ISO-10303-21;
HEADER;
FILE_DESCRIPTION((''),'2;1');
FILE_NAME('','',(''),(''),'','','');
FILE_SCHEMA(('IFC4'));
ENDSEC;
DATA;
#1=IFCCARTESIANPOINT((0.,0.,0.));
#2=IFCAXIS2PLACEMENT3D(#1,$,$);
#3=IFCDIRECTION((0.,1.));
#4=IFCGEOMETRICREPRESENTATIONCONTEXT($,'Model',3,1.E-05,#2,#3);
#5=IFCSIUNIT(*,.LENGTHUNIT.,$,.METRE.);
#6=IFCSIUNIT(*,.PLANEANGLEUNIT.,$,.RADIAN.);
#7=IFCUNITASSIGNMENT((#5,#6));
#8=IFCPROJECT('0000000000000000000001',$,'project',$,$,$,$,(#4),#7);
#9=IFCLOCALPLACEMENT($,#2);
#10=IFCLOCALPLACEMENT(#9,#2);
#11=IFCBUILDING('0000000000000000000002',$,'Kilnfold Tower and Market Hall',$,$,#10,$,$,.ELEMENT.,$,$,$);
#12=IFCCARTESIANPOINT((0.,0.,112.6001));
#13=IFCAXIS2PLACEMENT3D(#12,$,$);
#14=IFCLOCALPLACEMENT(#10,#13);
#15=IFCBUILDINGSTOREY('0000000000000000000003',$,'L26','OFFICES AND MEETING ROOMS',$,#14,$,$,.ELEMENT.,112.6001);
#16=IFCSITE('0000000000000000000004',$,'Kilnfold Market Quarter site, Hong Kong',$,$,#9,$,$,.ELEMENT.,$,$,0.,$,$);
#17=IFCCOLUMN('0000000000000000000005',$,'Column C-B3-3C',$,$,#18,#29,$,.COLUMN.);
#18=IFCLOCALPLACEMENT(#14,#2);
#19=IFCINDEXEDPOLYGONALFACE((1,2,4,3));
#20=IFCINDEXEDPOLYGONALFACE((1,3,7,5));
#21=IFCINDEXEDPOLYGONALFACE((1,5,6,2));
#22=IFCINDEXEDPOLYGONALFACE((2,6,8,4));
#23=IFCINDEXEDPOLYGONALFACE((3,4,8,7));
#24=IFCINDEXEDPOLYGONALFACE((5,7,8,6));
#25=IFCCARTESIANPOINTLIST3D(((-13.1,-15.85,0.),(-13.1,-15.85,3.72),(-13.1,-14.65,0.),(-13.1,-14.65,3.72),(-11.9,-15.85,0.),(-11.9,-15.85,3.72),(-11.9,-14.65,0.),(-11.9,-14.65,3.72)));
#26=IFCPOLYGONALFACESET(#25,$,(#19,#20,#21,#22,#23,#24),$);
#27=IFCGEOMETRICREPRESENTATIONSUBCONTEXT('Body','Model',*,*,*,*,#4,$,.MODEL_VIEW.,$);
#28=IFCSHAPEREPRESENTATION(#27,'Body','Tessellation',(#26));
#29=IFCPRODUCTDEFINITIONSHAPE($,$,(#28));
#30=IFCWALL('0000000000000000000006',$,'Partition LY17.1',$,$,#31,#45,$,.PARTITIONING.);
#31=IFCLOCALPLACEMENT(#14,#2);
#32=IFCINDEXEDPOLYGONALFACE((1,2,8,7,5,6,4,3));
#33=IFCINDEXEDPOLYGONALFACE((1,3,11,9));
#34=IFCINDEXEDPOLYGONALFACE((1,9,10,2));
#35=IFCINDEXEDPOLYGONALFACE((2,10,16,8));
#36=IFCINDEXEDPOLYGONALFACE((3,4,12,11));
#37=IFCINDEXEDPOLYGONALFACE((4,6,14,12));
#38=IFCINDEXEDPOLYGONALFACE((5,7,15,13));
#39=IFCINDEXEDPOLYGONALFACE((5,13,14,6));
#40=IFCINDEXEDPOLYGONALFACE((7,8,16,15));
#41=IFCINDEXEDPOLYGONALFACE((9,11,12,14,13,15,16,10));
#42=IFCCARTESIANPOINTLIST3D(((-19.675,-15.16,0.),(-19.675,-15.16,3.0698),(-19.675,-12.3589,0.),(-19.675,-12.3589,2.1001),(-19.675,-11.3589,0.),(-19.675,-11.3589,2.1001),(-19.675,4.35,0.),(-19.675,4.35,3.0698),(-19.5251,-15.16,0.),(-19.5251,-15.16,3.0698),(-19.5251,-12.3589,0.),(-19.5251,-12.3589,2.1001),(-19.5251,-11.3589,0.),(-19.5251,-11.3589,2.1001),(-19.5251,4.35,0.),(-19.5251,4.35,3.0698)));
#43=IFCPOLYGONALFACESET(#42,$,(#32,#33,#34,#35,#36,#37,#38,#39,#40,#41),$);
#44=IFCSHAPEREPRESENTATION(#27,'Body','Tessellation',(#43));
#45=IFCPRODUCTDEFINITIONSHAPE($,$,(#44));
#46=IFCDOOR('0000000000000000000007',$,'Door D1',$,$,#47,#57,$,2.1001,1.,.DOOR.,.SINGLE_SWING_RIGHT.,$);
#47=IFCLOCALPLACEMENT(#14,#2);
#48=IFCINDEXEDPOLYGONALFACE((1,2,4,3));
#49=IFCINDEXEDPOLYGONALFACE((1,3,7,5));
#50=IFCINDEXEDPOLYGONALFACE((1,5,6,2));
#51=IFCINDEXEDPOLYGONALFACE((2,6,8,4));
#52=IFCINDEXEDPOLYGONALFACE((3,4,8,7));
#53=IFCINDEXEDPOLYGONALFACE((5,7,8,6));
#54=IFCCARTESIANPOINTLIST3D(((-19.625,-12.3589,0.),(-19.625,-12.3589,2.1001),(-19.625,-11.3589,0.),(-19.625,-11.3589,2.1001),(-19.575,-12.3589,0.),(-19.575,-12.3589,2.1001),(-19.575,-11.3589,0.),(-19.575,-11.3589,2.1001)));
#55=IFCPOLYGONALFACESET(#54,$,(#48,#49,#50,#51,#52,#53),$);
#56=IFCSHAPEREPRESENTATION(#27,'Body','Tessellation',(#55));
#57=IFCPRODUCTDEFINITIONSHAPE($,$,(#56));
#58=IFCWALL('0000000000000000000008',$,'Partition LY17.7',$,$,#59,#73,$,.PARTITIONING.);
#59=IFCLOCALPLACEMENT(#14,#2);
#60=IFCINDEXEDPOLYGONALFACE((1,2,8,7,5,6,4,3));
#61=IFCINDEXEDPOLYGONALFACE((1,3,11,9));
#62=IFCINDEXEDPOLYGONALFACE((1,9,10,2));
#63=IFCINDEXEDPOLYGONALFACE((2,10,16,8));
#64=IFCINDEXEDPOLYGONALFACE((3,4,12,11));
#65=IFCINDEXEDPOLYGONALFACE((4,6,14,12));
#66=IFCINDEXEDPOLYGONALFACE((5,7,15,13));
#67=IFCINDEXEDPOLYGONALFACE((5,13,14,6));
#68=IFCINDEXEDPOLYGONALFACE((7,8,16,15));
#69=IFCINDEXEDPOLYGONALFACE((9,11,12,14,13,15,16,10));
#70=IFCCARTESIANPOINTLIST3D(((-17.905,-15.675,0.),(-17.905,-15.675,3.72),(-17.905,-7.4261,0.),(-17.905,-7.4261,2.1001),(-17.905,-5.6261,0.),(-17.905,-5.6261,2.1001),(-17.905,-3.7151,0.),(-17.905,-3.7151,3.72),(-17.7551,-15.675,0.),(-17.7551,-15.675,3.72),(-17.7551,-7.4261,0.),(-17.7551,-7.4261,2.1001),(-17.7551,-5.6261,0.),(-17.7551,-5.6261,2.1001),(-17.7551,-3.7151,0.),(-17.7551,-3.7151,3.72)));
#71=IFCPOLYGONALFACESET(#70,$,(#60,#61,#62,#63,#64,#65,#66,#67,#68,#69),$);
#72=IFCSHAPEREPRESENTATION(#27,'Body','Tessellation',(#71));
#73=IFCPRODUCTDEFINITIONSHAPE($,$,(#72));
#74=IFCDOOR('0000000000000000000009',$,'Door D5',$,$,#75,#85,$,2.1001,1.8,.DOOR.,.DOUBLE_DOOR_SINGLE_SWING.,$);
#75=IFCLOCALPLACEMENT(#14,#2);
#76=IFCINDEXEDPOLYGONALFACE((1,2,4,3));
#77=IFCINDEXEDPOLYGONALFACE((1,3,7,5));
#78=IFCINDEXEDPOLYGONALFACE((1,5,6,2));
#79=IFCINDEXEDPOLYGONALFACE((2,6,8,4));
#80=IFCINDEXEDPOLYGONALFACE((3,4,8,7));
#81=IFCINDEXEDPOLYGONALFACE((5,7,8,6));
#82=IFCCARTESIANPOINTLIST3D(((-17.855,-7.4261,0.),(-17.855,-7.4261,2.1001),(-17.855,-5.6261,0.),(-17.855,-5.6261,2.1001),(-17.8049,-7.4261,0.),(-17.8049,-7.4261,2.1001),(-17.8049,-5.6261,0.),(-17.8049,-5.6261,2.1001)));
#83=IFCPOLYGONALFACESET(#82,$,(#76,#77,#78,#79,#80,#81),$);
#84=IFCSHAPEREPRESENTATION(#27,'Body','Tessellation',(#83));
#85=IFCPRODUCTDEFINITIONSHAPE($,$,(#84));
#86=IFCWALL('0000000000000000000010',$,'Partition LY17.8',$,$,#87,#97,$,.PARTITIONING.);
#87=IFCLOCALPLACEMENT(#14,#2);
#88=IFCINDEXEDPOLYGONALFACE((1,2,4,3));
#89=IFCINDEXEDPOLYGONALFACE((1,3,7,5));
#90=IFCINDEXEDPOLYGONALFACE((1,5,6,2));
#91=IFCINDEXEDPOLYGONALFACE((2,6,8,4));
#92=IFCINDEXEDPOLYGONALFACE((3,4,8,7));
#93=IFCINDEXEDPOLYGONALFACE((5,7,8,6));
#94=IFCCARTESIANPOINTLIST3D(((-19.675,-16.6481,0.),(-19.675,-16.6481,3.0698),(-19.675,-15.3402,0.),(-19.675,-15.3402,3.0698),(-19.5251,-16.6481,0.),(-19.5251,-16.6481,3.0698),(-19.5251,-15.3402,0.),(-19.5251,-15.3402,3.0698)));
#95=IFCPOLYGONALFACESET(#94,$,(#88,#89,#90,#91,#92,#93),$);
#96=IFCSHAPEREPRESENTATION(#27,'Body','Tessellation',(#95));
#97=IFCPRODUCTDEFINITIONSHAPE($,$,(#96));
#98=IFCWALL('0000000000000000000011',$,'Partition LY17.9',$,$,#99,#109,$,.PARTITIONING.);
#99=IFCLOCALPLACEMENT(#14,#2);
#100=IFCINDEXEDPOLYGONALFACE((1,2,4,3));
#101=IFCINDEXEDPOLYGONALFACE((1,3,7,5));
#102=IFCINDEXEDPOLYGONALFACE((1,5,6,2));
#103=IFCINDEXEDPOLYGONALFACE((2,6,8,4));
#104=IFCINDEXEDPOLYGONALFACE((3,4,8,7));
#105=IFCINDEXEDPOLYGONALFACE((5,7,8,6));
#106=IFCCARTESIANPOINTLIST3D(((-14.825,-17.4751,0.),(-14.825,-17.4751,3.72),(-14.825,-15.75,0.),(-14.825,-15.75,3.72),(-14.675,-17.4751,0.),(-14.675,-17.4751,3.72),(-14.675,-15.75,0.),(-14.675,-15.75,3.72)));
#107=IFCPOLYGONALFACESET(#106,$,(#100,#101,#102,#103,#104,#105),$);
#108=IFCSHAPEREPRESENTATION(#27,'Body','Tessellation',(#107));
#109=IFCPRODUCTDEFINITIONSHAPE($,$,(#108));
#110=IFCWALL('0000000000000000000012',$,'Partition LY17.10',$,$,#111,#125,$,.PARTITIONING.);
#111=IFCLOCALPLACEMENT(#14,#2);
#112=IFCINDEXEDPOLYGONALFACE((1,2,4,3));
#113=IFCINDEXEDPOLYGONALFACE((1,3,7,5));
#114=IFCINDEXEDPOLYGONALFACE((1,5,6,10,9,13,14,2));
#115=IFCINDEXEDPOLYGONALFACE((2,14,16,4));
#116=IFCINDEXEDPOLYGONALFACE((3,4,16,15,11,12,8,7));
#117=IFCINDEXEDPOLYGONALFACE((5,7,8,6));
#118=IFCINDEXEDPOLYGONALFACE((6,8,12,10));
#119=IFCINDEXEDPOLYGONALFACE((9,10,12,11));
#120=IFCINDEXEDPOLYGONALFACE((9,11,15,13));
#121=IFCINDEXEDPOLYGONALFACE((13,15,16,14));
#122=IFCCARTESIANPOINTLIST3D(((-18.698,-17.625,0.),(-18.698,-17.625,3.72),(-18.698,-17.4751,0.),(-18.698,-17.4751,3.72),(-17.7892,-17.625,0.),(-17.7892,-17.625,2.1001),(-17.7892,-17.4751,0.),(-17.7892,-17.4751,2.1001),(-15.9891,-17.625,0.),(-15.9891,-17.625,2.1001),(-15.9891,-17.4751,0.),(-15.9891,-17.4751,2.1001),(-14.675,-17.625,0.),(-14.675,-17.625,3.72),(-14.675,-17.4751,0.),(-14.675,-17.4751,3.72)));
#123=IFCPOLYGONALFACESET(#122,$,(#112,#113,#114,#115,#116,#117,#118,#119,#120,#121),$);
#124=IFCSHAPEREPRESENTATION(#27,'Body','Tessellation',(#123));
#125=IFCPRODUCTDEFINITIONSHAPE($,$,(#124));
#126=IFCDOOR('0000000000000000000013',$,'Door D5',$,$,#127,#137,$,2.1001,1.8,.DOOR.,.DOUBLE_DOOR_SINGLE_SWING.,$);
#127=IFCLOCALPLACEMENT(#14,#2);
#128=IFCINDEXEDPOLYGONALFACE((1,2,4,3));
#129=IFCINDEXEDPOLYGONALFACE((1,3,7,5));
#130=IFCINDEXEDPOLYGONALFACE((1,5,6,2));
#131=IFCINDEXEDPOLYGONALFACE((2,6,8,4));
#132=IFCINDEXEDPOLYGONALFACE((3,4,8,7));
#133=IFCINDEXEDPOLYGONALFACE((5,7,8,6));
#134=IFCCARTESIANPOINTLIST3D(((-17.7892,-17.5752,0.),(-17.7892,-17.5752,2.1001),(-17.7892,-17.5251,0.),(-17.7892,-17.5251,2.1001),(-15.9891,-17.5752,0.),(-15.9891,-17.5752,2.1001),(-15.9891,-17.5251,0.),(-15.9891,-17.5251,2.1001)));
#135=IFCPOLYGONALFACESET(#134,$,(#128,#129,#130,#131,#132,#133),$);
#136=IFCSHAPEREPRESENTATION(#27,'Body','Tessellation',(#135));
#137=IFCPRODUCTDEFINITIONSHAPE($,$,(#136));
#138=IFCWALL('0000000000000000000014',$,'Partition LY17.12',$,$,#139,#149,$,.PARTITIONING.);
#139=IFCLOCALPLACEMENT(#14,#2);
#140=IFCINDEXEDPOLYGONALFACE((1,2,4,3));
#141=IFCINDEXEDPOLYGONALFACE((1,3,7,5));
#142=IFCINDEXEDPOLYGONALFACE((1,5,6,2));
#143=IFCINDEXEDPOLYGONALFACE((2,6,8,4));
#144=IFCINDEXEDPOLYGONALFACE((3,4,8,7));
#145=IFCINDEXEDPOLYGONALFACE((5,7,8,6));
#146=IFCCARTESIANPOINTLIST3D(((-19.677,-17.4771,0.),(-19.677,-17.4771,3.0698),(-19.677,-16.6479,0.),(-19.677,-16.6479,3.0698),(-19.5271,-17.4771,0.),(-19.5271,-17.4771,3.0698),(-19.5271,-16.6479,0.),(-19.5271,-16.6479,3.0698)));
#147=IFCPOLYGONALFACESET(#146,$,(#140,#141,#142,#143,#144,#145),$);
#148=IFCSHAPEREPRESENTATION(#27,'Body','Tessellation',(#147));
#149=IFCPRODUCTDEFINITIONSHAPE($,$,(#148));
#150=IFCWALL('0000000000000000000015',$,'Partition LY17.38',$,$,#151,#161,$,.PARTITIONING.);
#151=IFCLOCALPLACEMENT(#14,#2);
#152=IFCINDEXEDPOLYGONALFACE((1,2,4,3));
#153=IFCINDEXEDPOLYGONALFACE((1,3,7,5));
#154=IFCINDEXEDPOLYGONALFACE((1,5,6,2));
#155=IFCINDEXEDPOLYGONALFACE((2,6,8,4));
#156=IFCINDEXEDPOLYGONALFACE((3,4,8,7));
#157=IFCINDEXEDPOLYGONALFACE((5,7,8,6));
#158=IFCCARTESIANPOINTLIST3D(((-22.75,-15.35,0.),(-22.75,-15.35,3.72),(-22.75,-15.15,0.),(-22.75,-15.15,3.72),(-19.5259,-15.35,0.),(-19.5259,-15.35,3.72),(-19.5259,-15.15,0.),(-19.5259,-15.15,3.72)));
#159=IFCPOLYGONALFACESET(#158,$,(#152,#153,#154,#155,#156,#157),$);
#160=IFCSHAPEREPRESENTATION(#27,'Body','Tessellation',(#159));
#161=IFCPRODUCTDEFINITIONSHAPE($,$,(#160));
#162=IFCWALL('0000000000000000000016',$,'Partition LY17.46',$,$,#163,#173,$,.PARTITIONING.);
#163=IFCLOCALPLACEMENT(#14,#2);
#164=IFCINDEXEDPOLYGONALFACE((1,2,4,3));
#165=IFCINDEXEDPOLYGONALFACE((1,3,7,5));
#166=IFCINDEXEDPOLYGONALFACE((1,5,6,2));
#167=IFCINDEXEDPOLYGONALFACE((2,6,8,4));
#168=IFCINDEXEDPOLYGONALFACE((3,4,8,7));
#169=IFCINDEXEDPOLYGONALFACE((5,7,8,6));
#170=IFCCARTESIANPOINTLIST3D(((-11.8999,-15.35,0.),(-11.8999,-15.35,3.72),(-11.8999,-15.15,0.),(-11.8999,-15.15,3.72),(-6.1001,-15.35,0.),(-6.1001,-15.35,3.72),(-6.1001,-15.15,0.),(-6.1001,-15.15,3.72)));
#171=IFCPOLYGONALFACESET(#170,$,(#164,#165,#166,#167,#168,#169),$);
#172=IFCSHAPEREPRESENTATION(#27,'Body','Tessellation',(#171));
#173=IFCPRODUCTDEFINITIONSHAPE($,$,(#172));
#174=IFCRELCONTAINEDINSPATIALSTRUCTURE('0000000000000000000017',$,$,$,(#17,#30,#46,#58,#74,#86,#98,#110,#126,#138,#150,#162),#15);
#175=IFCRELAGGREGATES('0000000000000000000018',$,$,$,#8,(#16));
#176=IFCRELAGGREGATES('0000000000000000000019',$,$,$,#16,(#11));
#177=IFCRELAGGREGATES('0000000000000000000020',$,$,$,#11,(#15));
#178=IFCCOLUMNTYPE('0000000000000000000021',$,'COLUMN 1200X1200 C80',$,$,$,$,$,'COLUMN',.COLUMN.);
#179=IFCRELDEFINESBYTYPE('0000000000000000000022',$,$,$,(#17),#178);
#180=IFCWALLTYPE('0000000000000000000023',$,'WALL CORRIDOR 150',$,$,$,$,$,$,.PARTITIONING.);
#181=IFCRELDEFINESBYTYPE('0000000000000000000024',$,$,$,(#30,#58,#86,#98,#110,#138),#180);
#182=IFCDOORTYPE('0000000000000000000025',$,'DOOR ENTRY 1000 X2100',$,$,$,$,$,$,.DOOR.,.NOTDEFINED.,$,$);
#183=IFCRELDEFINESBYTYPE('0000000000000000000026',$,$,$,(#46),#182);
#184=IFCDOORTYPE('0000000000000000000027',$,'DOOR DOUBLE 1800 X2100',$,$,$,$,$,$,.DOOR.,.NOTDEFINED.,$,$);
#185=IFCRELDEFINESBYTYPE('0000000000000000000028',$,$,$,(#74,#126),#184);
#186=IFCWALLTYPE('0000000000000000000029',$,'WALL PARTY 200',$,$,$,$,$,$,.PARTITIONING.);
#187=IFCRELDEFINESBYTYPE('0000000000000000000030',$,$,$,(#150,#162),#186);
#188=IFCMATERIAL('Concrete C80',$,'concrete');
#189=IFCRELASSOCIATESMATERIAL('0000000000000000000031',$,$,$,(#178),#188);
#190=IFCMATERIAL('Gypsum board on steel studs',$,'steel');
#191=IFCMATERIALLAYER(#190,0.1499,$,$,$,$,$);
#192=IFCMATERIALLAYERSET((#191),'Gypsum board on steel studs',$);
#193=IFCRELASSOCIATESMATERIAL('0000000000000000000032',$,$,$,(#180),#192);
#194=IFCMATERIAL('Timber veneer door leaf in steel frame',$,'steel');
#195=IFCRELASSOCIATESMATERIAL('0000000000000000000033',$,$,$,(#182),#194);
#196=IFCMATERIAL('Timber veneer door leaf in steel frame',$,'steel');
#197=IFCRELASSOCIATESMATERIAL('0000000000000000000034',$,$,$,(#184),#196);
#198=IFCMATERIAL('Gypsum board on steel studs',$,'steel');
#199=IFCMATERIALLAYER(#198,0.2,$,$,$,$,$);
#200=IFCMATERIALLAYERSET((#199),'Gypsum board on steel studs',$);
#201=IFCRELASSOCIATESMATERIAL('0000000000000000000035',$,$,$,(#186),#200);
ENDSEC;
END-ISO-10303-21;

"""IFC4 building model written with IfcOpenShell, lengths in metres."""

from ifc_helpers import new_model, si_unit, direction, frame, frame_2d, origin, origin_2d, place, context, subcontext, project, spatial, rectangle, extrude, source, transform, mapped, material, layer, layer_set, material_profile, profile_set, type_object, element, fill, save


model = new_model("IFC4")

# Units and contexts
model_context = context("Model", 3, precision=1e-05, world=origin(), true_north=direction((0.0, 1.0)))
body_context = subcontext(model_context, "Body", "Model", "MODEL_VIEW")
ifc_project = project(units=[si_unit("LENGTHUNIT", "METRE"), si_unit("PLANEANGLEUNIT", "RADIAN")], contexts=[model_context])

# Site, building, storey
site_placement = place(None, origin())
site = spatial("IfcSite", under=ifc_project, at=site_placement, Name="Kilnfold Market Quarter site, Hong Kong", CompositionType="ELEMENT", RefElevation=0.0)
building_placement = place(site_placement, origin())
building = spatial("IfcBuilding", under=site, at=building_placement, Name="Kilnfold Tower and Market Hall", CompositionType="ELEMENT")
storey_placement = place(building_placement, frame((0.0, 0.0, 112.6001)))
storey = spatial("IfcBuildingStorey", under=building, at=storey_placement, Name="L26", Description="OFFICES AND MEETING ROOMS", CompositionType="ELEMENT", Elevation=112.6001)

# Column
ifc_material_1 = material(Name="Concrete C80", Category="concrete")
ifc_material_profile = material_profile(ifc_material_1, rectangle(XDim=1.2, YDim=1.2, at=origin_2d()), Name="RC 1200x1200")
ifc_profile_set = profile_set([ifc_material_profile], Name="Concrete C80")
column_type = type_object("IfcColumnType", Name="COLUMN 1200X1200 C80", ElementType="COLUMN", PredefinedType="COLUMN", material=ifc_profile_set)
shared_shape_1 = source(origin(), body_context, "Body", "SweptSolid", [
    extrude(rectangle(XDim=1.2, YDim=1.2, at=origin_2d()), origin(), (0.0, 0.0, 1.0), 3.72),
])
column_placement = place(storey_placement, frame((-12.5, -15.25, 0.0), z_axis=(0.0, 0.0, 1.0), x_axis=(1.0, 0.0, 0.0)))
element("IfcColumn", 1, at=column_placement, inside=storey, type_object=column_type, Name="Column C-B3-3C", PredefinedType="COLUMN", context=body_context, shape_type="MappedRepresentation", body=[
    mapped(shared_shape_1, transform((0.0, 0.0, 0.0))),
])

# Walls, openings, doors
ifc_material_2 = material(Name="Gypsum board on steel studs", Category="steel")
ifc_layer_1 = layer(ifc_material_2, 0.1499)
ifc_layer_set_1 = layer_set([ifc_layer_1], Name="Gypsum board on steel studs")
wall_type_1 = type_object("IfcWallType", Name="WALL CORRIDOR 150", PredefinedType="PARTITIONING", material=ifc_layer_set_1)
wall_1_placement = place(storey_placement, frame((-19.6001, -15.1599, 0.0), z_axis=(0.0, 0.0, 1.0), x_axis=(0.0, 1.0, 0.0)))
wall_1 = element("IfcWall", 2, at=wall_1_placement, inside=storey, type_object=wall_type_1, Name="Partition LY17.1", PredefinedType="PARTITIONING", context=body_context, shape_type="SweptSolid", body=[
    extrude(rectangle(XDim=19.51, YDim=0.1499, at=frame_2d((9.7549, 0.0))), origin(), (0.0, 0.0, 1.0), 3.0698),
])
opening_1_placement = place(wall_1_placement, frame((2.801, 0.0, 0.0)))
opening_1 = element("IfcOpeningElement", 3, at=opening_1_placement, cuts=wall_1, PredefinedType="OPENING", context=body_context, shape_type="SweptSolid", body=[
    extrude(rectangle(XDim=1.0, YDim=2.1001, at=frame_2d((0.5, 1.05))), frame((0.0, 0.085, 0.0), z_axis=(0.0, -1.0, 0.0), x_axis=(1.0, 0.0, 0.0)), (0.0, 0.0, 1.0), 0.1699),
])
ifc_material_3 = material(Name="Timber veneer door leaf in steel frame", Category="steel")
door_type_1 = type_object("IfcDoorType", Name="DOOR ENTRY 1000 X2100", OperationType="NOTDEFINED", PredefinedType="DOOR", material=ifc_material_3)
door_1_placement = place(opening_1_placement, origin())
door_1 = element("IfcDoor", 4, at=door_1_placement, inside=storey, type_object=door_type_1, Name="Door D1", OperationType="SINGLE_SWING_RIGHT", OverallHeight=2.1001, OverallWidth=1.0, PredefinedType="DOOR", context=body_context, shape_type="SweptSolid", body=[
    extrude(rectangle(XDim=1.0, YDim=2.1001, at=frame_2d((0.5, 1.05))), frame((0.0, 0.0249, 0.0), z_axis=(0.0, -1.0, 0.0), x_axis=(1.0, 0.0, 0.0)), (0.0, 0.0, 1.0), 0.05),
])
fill(opening_1, door_1)
wall_2_placement = place(storey_placement, frame((-17.8301, -15.675, 0.0), z_axis=(0.0, 0.0, 1.0), x_axis=(0.0, 1.0, 0.0)))
wall_2 = element("IfcWall", 5, at=wall_2_placement, inside=storey, type_object=wall_type_1, Name="Partition LY17.7", PredefinedType="PARTITIONING", context=body_context, shape_type="SweptSolid", body=[
    extrude(rectangle(XDim=11.96, YDim=0.1499, at=frame_2d((5.98, 0.0))), origin(), (0.0, 0.0, 1.0), 3.72),
])
opening_2_placement = place(wall_2_placement, frame((8.249, 0.0, 0.0)))
opening_2 = element("IfcOpeningElement", 6, at=opening_2_placement, cuts=wall_2, PredefinedType="OPENING", context=body_context, shape_type="SweptSolid", body=[
    extrude(rectangle(XDim=1.8, YDim=2.1001, at=frame_2d((0.8999, 1.05))), frame((0.0, 0.085, 0.0), z_axis=(0.0, -1.0, 0.0), x_axis=(1.0, 0.0, 0.0)), (0.0, 0.0, 1.0), 0.1699),
])
ifc_material_4 = material(Name="Timber veneer door leaf in steel frame", Category="steel")
door_type_2 = type_object("IfcDoorType", Name="DOOR DOUBLE 1800 X2100", OperationType="NOTDEFINED", PredefinedType="DOOR", material=ifc_material_4)
door_2_placement = place(opening_2_placement, origin())
door_2 = element("IfcDoor", 7, at=door_2_placement, inside=storey, type_object=door_type_2, Name="Door D5", OperationType="DOUBLE_DOOR_SINGLE_SWING", OverallHeight=2.1001, OverallWidth=1.8, PredefinedType="DOOR", context=body_context, shape_type="SweptSolid", body=[
    extrude(rectangle(XDim=1.8, YDim=2.1001, at=frame_2d((0.8999, 1.05))), frame((0.0, 0.0249, 0.0), z_axis=(0.0, -1.0, 0.0), x_axis=(1.0, 0.0, 0.0)), (0.0, 0.0, 1.0), 0.05),
])
fill(opening_2, door_2)

# Walls
wall_3_placement = place(storey_placement, frame((-19.6001, -16.6479, 0.0), z_axis=(0.0, 0.0, 1.0), x_axis=(0.0, 1.0, 0.0)))
element("IfcWall", 8, at=wall_3_placement, inside=storey, type_object=wall_type_1, Name="Partition LY17.8", PredefinedType="PARTITIONING", context=body_context, shape_type="SweptSolid", body=[
    extrude(rectangle(XDim=1.3079, YDim=0.1499, at=frame_2d((0.6538, 0.0))), origin(), (0.0, 0.0, 1.0), 3.0698),
])
wall_4_placement = place(storey_placement, frame((-14.75, -17.4751, 0.0), z_axis=(0.0, 0.0, 1.0), x_axis=(0.0, 1.0, 0.0)))
element("IfcWall", 9, at=wall_4_placement, inside=storey, type_object=wall_type_1, Name="Partition LY17.9", PredefinedType="PARTITIONING", context=body_context, shape_type="SweptSolid", body=[
    extrude(rectangle(XDim=1.7251, YDim=0.1499, at=frame_2d((0.8625, 0.0))), origin(), (0.0, 0.0, 1.0), 3.72),
])

# Wall, opening, door
wall_5_placement = place(storey_placement, frame((-18.698, -17.55, 0.0), z_axis=(0.0, 0.0, 1.0), x_axis=(1.0, 0.0, 0.0)))
wall_5 = element("IfcWall", 10, at=wall_5_placement, inside=storey, type_object=wall_type_1, Name="Partition LY17.10", PredefinedType="PARTITIONING", context=body_context, shape_type="SweptSolid", body=[
    extrude(rectangle(XDim=4.0229, YDim=0.1499, at=frame_2d((2.0115, 0.0))), origin(), (0.0, 0.0, 1.0), 3.72),
])
opening_3_placement = place(wall_5_placement, frame((0.9089, 0.0, 0.0)))
opening_3 = element("IfcOpeningElement", 11, at=opening_3_placement, cuts=wall_5, PredefinedType="OPENING", context=body_context, shape_type="SweptSolid", body=[
    extrude(rectangle(XDim=1.8, YDim=2.1001, at=frame_2d((0.8999, 1.05))), frame((0.0, 0.085, 0.0), z_axis=(0.0, -1.0, 0.0), x_axis=(1.0, 0.0, 0.0)), (0.0, 0.0, 1.0), 0.1699),
])
door_3_placement = place(opening_3_placement, origin())
door_3 = element("IfcDoor", 12, at=door_3_placement, inside=storey, type_object=door_type_2, Name="Door D5", OperationType="DOUBLE_DOOR_SINGLE_SWING", OverallHeight=2.1001, OverallWidth=1.8, PredefinedType="DOOR", context=body_context, shape_type="SweptSolid", body=[
    extrude(rectangle(XDim=1.8, YDim=2.1001, at=frame_2d((0.8999, 1.05))), frame((0.0, 0.0249, 0.0), z_axis=(0.0, -1.0, 0.0), x_axis=(1.0, 0.0, 0.0)), (0.0, 0.0, 1.0), 0.05),
])
fill(opening_3, door_3)

# Walls
wall_6_placement = place(storey_placement, frame((-19.6021, -16.6479, 0.0), z_axis=(0.0, 0.0, 1.0), x_axis=(0.0, -1.0, 0.0)))
element("IfcWall", 13, at=wall_6_placement, inside=storey, type_object=wall_type_1, Name="Partition LY17.12", PredefinedType="PARTITIONING", context=body_context, shape_type="SweptSolid", body=[
    extrude(rectangle(XDim=0.8291, YDim=0.1499, at=frame_2d((0.4146, 0.0))), origin(), (0.0, 0.0, 1.0), 3.0698),
])
ifc_material_5 = material(Name="Gypsum board on steel studs", Category="steel")
ifc_layer_2 = layer(ifc_material_5, 0.2)
ifc_layer_set_2 = layer_set([ifc_layer_2], Name="Gypsum board on steel studs")
wall_type_2 = type_object("IfcWallType", Name="WALL PARTY 200", PredefinedType="PARTITIONING", material=ifc_layer_set_2)
wall_7_placement = place(storey_placement, frame((-22.75, -15.25, 0.0), z_axis=(0.0, 0.0, 1.0), x_axis=(1.0, 0.0, 0.0)))
element("IfcWall", 14, at=wall_7_placement, inside=storey, type_object=wall_type_2, Name="Partition LY17.38", PredefinedType="PARTITIONING", context=body_context, shape_type="SweptSolid", body=[
    extrude(rectangle(XDim=3.2241, YDim=0.2, at=frame_2d((1.6121, 0.0))), origin(), (0.0, 0.0, 1.0), 3.72),
])
wall_8_placement = place(storey_placement, frame((-11.8999, -15.25, 0.0), z_axis=(0.0, 0.0, 1.0), x_axis=(1.0, 0.0, 0.0)))
element("IfcWall", 15, at=wall_8_placement, inside=storey, type_object=wall_type_2, Name="Partition LY17.46", PredefinedType="PARTITIONING", context=body_context, shape_type="SweptSolid", body=[
    extrude(rectangle(XDim=5.7998, YDim=0.2, at=frame_2d((2.8999, 0.0))), origin(), (0.0, 0.0, 1.0), 3.72),
])

save(model, "model.ifc")
